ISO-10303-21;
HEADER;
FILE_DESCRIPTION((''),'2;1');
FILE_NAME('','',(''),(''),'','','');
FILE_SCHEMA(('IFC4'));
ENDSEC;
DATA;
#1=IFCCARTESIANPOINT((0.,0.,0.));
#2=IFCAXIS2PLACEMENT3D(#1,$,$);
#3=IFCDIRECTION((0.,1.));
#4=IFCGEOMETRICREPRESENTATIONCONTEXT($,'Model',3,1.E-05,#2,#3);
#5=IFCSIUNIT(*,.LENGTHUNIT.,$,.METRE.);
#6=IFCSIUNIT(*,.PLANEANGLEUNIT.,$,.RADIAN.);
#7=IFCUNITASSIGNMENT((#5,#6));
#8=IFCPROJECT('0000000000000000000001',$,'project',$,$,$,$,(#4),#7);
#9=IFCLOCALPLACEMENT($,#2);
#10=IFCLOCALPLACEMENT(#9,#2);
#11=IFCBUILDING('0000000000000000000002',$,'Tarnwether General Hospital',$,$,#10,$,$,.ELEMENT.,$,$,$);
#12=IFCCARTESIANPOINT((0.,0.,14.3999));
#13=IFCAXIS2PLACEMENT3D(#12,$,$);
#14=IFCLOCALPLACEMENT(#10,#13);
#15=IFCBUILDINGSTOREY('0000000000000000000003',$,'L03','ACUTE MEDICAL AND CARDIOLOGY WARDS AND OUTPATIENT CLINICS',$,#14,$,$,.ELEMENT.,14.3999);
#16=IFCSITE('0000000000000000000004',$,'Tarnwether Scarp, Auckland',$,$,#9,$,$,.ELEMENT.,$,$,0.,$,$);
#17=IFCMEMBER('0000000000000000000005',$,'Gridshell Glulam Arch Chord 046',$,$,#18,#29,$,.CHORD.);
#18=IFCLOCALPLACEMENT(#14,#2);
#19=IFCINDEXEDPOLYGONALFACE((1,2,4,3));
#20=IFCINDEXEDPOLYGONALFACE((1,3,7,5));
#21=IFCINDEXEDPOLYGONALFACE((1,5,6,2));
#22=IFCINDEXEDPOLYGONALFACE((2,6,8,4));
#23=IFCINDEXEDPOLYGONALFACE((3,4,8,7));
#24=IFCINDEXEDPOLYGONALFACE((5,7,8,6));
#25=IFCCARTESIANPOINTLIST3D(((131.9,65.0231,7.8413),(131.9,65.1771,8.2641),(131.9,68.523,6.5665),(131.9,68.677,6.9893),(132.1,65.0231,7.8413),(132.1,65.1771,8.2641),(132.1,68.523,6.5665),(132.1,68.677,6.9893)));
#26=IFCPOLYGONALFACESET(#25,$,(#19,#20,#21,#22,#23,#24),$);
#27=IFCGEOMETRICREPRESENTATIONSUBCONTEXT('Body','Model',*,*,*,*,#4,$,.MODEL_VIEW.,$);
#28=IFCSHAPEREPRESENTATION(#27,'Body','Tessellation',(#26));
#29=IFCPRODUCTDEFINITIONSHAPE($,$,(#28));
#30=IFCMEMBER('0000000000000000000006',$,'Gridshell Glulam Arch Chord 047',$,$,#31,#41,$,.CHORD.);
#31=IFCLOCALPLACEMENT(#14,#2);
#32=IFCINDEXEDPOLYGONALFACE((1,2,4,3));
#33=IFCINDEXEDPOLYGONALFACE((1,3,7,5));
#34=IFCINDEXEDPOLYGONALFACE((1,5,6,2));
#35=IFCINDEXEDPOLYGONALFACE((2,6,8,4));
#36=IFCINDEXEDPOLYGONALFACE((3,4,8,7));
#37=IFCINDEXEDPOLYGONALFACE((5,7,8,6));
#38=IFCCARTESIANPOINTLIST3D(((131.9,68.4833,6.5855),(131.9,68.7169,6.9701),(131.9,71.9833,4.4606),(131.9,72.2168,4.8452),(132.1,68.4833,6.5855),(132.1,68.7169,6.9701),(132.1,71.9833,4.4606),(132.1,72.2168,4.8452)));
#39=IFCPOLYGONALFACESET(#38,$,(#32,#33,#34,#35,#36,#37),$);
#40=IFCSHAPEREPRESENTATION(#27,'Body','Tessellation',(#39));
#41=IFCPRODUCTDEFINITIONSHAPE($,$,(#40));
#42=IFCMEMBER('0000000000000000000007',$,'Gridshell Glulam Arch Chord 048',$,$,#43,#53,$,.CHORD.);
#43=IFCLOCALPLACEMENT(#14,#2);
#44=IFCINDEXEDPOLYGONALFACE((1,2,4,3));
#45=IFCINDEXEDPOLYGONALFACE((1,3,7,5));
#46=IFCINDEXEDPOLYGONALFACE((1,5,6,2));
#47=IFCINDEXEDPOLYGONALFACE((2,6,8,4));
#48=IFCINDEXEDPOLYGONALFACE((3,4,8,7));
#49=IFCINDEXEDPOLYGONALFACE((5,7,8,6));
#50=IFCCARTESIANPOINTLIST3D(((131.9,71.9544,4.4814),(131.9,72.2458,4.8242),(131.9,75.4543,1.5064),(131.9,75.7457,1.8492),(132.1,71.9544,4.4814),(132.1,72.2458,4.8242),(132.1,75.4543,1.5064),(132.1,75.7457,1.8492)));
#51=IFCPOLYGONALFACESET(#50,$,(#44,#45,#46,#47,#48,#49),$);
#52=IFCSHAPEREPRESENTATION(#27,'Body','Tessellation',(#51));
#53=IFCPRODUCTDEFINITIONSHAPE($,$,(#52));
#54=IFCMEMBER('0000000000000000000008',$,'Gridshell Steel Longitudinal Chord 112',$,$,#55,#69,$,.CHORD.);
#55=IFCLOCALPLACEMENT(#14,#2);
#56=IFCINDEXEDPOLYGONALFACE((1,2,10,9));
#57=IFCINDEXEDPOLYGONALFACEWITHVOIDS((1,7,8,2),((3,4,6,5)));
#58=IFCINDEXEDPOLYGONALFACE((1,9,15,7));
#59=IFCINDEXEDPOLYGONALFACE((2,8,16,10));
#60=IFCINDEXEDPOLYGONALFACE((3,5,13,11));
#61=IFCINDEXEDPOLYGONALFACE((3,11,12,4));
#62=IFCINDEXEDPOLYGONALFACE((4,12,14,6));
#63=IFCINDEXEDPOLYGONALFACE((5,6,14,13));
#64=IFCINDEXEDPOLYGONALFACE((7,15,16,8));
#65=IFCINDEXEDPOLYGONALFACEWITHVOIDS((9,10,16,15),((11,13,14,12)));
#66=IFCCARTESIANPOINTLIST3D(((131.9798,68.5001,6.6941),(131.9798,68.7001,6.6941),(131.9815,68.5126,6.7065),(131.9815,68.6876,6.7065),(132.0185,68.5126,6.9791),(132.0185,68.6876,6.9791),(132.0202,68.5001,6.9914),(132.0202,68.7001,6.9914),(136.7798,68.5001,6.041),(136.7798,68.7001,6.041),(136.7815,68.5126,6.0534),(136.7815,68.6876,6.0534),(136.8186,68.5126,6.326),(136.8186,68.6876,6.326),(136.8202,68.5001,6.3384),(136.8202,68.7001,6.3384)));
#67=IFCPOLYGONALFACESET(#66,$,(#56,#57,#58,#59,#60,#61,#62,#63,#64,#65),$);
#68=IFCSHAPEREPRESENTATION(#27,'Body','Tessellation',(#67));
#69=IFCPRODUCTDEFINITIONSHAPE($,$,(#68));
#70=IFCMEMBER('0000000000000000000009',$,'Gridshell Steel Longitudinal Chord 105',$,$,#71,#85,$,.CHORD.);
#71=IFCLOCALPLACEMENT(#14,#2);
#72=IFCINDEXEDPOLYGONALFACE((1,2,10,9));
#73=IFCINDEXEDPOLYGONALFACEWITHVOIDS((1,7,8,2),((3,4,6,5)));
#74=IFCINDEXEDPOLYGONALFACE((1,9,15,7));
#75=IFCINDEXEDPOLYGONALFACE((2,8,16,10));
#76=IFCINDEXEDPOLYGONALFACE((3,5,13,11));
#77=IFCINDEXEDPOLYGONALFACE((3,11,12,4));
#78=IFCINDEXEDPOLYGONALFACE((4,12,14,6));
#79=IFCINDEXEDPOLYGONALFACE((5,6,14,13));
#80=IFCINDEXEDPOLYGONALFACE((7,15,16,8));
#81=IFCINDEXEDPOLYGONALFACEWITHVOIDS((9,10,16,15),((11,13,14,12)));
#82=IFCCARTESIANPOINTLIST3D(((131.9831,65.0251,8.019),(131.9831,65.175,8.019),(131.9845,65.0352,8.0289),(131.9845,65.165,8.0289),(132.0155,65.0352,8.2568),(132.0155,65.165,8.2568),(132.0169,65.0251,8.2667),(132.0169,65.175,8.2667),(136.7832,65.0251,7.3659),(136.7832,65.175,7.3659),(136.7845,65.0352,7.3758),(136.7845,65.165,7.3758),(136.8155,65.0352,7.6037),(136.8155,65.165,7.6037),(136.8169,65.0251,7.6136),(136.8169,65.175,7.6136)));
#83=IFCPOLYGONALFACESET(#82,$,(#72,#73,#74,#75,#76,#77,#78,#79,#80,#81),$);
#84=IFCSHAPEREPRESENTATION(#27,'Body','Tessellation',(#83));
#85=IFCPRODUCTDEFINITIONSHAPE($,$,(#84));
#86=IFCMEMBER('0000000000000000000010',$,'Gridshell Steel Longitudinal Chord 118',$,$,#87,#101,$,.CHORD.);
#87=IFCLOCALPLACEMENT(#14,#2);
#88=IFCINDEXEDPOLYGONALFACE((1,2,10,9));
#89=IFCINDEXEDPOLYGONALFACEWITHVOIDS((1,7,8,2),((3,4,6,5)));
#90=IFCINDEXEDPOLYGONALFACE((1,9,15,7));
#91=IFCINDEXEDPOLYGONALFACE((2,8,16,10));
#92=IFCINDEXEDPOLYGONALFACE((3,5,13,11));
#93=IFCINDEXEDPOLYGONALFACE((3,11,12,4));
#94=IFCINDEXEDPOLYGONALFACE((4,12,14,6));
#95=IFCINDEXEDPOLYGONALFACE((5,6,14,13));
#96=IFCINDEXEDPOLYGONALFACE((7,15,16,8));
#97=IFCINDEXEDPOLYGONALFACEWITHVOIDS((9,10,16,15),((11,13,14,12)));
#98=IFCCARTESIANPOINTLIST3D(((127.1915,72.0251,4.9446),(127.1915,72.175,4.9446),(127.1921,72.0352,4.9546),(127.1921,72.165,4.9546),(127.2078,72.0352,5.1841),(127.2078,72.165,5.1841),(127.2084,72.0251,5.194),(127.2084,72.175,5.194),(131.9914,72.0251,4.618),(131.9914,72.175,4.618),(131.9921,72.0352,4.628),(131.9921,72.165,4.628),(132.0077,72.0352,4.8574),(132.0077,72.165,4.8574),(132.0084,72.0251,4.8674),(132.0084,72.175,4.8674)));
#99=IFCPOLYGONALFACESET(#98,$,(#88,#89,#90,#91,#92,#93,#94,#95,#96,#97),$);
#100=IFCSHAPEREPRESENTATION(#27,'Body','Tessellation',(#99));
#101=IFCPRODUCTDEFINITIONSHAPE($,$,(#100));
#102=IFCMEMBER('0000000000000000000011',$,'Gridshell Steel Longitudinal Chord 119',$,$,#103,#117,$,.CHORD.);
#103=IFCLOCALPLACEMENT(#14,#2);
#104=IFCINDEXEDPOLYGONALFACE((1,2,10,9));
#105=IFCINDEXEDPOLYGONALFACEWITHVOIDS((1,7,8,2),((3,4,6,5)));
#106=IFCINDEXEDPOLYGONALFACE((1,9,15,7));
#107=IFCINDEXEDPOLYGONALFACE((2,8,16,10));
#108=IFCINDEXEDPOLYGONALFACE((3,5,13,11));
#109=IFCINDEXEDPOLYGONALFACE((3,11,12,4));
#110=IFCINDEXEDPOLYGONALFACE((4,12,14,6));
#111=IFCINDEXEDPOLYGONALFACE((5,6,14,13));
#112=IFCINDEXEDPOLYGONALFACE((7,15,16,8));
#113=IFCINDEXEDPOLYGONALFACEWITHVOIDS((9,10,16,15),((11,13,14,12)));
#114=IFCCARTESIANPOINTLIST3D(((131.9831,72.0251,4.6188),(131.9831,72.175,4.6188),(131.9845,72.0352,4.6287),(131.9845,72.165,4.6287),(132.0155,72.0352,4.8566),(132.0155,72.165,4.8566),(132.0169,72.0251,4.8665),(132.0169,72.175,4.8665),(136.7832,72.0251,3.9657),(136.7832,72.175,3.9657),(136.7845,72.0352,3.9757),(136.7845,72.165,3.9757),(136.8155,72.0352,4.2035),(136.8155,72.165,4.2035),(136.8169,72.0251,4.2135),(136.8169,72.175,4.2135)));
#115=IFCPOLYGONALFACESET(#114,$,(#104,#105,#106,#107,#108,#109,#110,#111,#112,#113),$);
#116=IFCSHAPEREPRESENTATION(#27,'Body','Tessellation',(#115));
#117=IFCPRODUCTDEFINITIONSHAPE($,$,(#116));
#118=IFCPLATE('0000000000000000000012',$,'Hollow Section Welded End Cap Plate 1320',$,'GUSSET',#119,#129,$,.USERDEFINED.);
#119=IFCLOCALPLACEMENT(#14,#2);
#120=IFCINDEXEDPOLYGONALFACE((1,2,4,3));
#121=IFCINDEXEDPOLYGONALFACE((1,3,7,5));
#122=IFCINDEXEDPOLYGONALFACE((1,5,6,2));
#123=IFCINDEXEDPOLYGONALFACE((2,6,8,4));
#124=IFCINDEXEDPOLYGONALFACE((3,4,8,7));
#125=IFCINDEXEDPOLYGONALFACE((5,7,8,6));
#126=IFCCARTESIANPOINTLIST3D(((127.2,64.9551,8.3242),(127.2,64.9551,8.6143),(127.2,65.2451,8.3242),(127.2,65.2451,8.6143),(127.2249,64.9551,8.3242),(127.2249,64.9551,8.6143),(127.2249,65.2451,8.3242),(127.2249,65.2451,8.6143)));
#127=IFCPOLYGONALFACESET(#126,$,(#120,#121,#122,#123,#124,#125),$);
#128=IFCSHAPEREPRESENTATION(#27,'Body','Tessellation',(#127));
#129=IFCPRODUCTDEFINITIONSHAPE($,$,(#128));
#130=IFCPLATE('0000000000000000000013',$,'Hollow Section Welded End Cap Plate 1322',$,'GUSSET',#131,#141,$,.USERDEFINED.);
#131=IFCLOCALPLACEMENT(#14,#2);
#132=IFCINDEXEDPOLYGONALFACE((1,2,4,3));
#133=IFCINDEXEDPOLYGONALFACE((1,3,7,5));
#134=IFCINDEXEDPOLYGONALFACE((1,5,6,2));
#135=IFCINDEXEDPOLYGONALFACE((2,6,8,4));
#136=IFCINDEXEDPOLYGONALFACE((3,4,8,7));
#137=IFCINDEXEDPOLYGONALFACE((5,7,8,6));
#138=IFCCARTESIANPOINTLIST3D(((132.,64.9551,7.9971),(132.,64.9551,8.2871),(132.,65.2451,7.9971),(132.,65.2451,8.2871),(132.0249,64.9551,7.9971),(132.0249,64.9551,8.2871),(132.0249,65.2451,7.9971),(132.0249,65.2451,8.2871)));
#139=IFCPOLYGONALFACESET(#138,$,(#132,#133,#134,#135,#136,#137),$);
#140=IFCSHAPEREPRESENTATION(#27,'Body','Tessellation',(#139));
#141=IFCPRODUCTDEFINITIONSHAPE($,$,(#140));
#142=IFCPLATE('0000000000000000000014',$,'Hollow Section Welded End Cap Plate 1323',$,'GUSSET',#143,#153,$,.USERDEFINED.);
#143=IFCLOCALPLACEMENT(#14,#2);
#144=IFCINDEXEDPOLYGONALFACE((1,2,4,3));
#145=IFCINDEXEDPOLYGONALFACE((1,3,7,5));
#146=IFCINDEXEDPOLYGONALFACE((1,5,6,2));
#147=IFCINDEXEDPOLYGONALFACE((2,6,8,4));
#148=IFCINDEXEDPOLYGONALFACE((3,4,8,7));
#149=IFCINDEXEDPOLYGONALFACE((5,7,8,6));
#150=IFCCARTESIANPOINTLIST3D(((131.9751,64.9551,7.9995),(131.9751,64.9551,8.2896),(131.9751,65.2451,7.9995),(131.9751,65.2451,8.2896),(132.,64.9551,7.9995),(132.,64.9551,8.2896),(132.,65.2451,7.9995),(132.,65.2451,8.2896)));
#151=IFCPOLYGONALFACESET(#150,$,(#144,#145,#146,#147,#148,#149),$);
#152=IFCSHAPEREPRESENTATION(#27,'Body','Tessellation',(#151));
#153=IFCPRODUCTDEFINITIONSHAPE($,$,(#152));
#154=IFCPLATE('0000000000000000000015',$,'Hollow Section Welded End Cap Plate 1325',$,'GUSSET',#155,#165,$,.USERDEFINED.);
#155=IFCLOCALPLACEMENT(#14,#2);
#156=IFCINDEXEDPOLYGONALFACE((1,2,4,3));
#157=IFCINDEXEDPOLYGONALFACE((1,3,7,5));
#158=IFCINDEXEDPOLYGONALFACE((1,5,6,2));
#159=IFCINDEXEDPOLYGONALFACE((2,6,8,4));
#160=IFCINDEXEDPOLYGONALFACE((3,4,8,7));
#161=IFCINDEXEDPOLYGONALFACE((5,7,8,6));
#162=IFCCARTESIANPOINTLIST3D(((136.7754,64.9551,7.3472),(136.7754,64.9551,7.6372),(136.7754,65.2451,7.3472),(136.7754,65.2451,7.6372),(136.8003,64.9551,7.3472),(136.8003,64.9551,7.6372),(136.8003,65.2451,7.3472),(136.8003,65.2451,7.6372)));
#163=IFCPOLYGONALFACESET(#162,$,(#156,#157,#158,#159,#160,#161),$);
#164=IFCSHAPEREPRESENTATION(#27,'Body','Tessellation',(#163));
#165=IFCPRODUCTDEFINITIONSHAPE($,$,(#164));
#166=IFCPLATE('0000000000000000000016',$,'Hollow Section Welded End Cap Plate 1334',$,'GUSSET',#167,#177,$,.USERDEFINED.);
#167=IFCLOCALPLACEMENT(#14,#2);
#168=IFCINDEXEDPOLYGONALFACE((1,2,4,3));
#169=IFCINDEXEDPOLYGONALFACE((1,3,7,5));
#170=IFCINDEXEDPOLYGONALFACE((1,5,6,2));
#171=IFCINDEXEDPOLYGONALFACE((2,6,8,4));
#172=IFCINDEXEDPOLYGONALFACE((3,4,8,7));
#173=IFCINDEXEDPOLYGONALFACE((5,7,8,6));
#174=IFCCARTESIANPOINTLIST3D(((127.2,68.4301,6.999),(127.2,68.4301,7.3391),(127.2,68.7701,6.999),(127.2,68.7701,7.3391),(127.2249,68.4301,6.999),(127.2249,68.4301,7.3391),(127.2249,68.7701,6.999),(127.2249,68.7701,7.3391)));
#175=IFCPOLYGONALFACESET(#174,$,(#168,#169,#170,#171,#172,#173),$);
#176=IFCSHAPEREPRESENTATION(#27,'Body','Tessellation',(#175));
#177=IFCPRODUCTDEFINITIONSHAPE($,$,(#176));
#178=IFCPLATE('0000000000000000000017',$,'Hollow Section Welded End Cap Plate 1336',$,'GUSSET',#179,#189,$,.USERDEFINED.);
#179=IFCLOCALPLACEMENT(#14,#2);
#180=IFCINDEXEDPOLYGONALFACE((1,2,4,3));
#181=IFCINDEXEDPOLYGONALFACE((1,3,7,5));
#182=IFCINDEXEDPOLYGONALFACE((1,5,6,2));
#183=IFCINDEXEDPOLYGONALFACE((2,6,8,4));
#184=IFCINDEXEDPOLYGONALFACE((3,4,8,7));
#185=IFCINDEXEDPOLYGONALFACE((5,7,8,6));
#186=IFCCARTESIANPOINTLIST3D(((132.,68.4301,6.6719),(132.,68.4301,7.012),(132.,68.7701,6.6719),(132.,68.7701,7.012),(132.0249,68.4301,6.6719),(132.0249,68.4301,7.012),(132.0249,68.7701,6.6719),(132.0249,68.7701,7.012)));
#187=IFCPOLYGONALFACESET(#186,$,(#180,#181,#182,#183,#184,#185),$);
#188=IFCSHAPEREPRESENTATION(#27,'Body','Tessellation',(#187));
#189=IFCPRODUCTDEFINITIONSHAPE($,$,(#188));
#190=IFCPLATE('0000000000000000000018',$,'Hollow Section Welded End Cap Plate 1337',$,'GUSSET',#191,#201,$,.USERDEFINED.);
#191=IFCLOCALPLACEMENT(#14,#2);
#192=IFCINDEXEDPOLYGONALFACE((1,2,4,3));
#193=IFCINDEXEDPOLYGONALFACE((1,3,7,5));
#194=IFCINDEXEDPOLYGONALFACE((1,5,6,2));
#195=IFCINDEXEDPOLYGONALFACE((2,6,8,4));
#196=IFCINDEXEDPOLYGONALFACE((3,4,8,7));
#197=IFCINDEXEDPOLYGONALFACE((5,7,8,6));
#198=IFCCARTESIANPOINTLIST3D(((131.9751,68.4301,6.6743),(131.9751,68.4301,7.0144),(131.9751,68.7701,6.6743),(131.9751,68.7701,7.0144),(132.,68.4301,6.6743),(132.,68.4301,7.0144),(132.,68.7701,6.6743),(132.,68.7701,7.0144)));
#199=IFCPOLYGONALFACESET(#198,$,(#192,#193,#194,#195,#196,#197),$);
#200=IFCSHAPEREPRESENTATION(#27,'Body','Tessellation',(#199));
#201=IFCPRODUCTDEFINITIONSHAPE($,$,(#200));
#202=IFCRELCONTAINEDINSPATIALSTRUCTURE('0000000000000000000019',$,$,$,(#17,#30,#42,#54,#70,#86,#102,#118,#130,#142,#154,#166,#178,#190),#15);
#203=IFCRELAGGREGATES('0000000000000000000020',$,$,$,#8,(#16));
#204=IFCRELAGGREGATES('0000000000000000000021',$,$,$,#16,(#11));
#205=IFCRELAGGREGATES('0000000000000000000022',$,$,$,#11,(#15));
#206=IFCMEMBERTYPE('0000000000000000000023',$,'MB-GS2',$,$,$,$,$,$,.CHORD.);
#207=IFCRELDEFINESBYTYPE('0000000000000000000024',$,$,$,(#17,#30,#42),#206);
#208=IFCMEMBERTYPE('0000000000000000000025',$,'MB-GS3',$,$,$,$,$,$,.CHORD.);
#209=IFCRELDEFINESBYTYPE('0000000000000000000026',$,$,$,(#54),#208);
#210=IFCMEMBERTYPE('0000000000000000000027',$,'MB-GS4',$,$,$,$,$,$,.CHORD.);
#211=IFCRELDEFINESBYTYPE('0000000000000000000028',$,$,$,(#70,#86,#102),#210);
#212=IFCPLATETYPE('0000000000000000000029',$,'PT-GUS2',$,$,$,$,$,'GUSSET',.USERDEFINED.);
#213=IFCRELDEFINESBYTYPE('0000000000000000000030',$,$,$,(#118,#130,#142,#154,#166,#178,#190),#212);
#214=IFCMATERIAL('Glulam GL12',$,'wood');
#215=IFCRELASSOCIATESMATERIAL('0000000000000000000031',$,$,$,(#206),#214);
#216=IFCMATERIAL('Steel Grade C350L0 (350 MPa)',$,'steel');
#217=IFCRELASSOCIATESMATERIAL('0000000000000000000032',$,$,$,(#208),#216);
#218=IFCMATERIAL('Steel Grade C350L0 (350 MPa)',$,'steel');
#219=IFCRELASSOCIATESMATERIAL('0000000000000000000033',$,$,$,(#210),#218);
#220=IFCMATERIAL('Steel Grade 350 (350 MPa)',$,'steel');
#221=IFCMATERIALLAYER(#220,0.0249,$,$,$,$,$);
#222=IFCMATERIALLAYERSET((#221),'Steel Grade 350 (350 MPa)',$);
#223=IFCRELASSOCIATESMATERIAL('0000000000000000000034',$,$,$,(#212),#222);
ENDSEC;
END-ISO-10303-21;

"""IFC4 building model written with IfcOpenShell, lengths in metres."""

from ifc_helpers import new_model, si_unit, direction, frame, origin, origin_2d, place, context, subcontext, project, spatial, rectangle, hollow_rectangle, extrude, material, layer, layer_set, material_profile, profile_set, type_object, element, save


model = new_model("IFC4")

# Units and contexts
model_context = context("Model", 3, precision=1e-05, world=origin(), true_north=direction((0.0, 1.0)))
body_context = subcontext(model_context, "Body", "Model", "MODEL_VIEW")
ifc_project = project(units=[si_unit("LENGTHUNIT", "METRE"), si_unit("PLANEANGLEUNIT", "RADIAN")], contexts=[model_context])

# Site, building, storey
site_placement = place(None, origin())
site = spatial("IfcSite", under=ifc_project, at=site_placement, Name="Tarnwether Scarp, Auckland", CompositionType="ELEMENT", RefElevation=0.0)
building_placement = place(site_placement, origin())
building = spatial("IfcBuilding", under=site, at=building_placement, Name="Tarnwether General Hospital", CompositionType="ELEMENT")
storey_placement = place(building_placement, frame((0.0, 0.0, 14.3999)))
storey = spatial("IfcBuildingStorey", under=building, at=storey_placement, Name="L03", Description="ACUTE MEDICAL AND CARDIOLOGY WARDS AND OUTPATIENT CLINICS", CompositionType="ELEMENT", Elevation=14.3999)

# Members
ifc_material_1 = material(Name="Glulam GL12", Category="wood")
ifc_material_profile_1 = material_profile(ifc_material_1, rectangle(XDim=0.2, YDim=0.45, at=origin_2d()), Name="GL12-200x450")
ifc_profile_set_1 = profile_set([ifc_material_profile_1], Name="Glulam GL12")
member_type_1 = type_object("IfcMemberType", Name="MB-GS2", PredefinedType="CHORD", material=ifc_profile_set_1)
member_1_placement = place(storey_placement, frame((132.0, 65.1001, 8.0527), z_axis=(0.0, 0.939606, -0.342259), x_axis=(-1.0, 0.0, 0.0)))
element("IfcMember", 1, at=member_1_placement, inside=storey, type_object=member_type_1, Name="Gridshell Glulam Arch Chord 046", PredefinedType="CHORD", context=body_context, shape_type="SweptSolid", body=[
    extrude(rectangle(XDim=0.2, YDim=0.45, at=origin_2d()), origin(), (0.0, 0.0, 1.0), 3.7249),
])
member_2_placement = place(storey_placement, frame((132.0, 68.6001, 6.7778), z_axis=(0.0, 0.854788, -0.518978), x_axis=(-1.0, 0.0, 0.0)))
element("IfcMember", 2, at=member_2_placement, inside=storey, type_object=member_type_1, Name="Gridshell Glulam Arch Chord 047", PredefinedType="CHORD", context=body_context, shape_type="SweptSolid", body=[
    extrude(rectangle(XDim=0.2, YDim=0.45, at=origin_2d()), origin(), (0.0, 0.0, 1.0), 4.0945),
])
member_3_placement = place(storey_placement, frame((132.0, 72.1001, 4.6528), z_axis=(0.0, 0.761929, -0.647661), x_axis=(-1.0, 0.0, 0.0)))
element("IfcMember", 3, at=member_3_placement, inside=storey, type_object=member_type_1, Name="Gridshell Glulam Arch Chord 048", PredefinedType="CHORD", context=body_context, shape_type="SweptSolid", body=[
    extrude(rectangle(XDim=0.2, YDim=0.45, at=origin_2d()), origin(), (0.0, 0.0, 1.0), 4.5935),
])
ifc_material_2 = material(Name="Steel Grade C350L0 (350 MPa)", Category="steel")
ifc_material_profile_2 = material_profile(ifc_material_2, hollow_rectangle(XDim=0.2, YDim=0.3, WallThickness=0.0125, at=origin_2d()), Name="RHS300x200x12.5")
ifc_profile_set_2 = profile_set([ifc_material_profile_2], Name="Steel Grade C350L0 (350 MPa)")
member_type_2 = type_object("IfcMemberType", Name="MB-GS3", PredefinedType="CHORD", material=ifc_profile_set_2)
member_4_placement = place(storey_placement, frame((132.0, 68.6001, 6.8428), z_axis=(0.990871, 0.0, -0.134814), x_axis=(0.0, 1.0, 0.0)))
element("IfcMember", 4, at=member_4_placement, inside=storey, type_object=member_type_2, Name="Gridshell Steel Longitudinal Chord 112", PredefinedType="CHORD", context=body_context, shape_type="SweptSolid", body=[
    extrude(hollow_rectangle(XDim=0.2, YDim=0.3, WallThickness=0.0125, at=origin_2d()), origin(), (0.0, 0.0, 1.0), 4.8442),
])
ifc_material_3 = material(Name="Steel Grade C350L0 (350 MPa)", Category="steel")
ifc_material_profile_3 = material_profile(ifc_material_3, hollow_rectangle(XDim=0.1499, YDim=0.25, WallThickness=0.01, at=origin_2d()), Name="RHS250x150x10")
ifc_profile_set_3 = profile_set([ifc_material_profile_3], Name="Steel Grade C350L0 (350 MPa)")
member_type_3 = type_object("IfcMemberType", Name="MB-GS4", PredefinedType="CHORD", material=ifc_profile_set_3)
member_5_placement = place(storey_placement, frame((132.0, 65.1001, 8.1428), z_axis=(0.990871, 0.0, -0.134814), x_axis=(0.0, 1.0, 0.0)))
element("IfcMember", 5, at=member_5_placement, inside=storey, type_object=member_type_3, Name="Gridshell Steel Longitudinal Chord 105", PredefinedType="CHORD", context=body_context, shape_type="SweptSolid", body=[
    extrude(hollow_rectangle(XDim=0.1499, YDim=0.25, WallThickness=0.01, at=origin_2d()), origin(), (0.0, 0.0, 1.0), 4.8442),
])
member_6_placement = place(storey_placement, frame((127.2, 72.1001, 5.0693), z_axis=(0.997692, 0.0, -0.067896), x_axis=(0.0, 1.0, 0.0)))
element("IfcMember", 6, at=member_6_placement, inside=storey, type_object=member_type_3, Name="Gridshell Steel Longitudinal Chord 118", PredefinedType="CHORD", context=body_context, shape_type="SweptSolid", body=[
    extrude(hollow_rectangle(XDim=0.1499, YDim=0.25, WallThickness=0.01, at=origin_2d()), origin(), (0.0, 0.0, 1.0), 4.811),
])
member_7_placement = place(storey_placement, frame((132.0, 72.1001, 4.7427), z_axis=(0.990871, 0.0, -0.134814), x_axis=(0.0, 1.0, 0.0)))
element("IfcMember", 7, at=member_7_placement, inside=storey, type_object=member_type_3, Name="Gridshell Steel Longitudinal Chord 119", PredefinedType="CHORD", context=body_context, shape_type="SweptSolid", body=[
    extrude(hollow_rectangle(XDim=0.1499, YDim=0.25, WallThickness=0.01, at=origin_2d()), origin(), (0.0, 0.0, 1.0), 4.8442),
])

# Plates
ifc_material_4 = material(Name="Steel Grade 350 (350 MPa)", Category="steel")
ifc_layer_1 = layer(ifc_material_4, 0.0249)
ifc_layer_set_1 = layer_set([ifc_layer_1], Name="Steel Grade 350 (350 MPa)")
plate_type_1 = type_object("IfcPlateType", Name="PT-GUS2", ElementType="GUSSET", PredefinedType="USERDEFINED", material=ifc_layer_set_1)
for number, where, z_axis, x_axis, name in (
    (8, (127.2124, 65.1001, 8.3242), (0.0, 0.0, 1.0), (1.0, 0.0, 0.0), "Hollow Section Welded End Cap Plate 1320"),
    (9, (132.0125, 65.1001, 7.9971), (0.0, 0.0, 1.0), (1.0, 0.0, 0.0), "Hollow Section Welded End Cap Plate 1322"),
    (10, (131.9875, 65.1001, 7.9995), (0.0, 0.0, 1.0), (1.0, 0.0, 0.0), "Hollow Section Welded End Cap Plate 1323"),
    (11, (136.7878, 65.1001, 7.3472), (0.0, 0.0, 1.0), (1.0, 0.0, 0.0), "Hollow Section Welded End Cap Plate 1325"),
):
    element("IfcPlate", number, at=place(storey_placement, frame(where, z_axis=z_axis, x_axis=x_axis)), inside=storey, type_object=plate_type_1, Name=name, ObjectType="GUSSET", PredefinedType="USERDEFINED", context=body_context, shape_type="SweptSolid", body=[
        extrude(rectangle(XDim=0.0249, YDim=0.29, at=origin_2d()), origin(), (0.0, 0.0, 1.0), 0.29),
    ])
for number, where, z_axis, x_axis, name in (
    (12, (127.2124, 68.6001, 6.999), (0.0, 0.0, 1.0), (1.0, 0.0, 0.0), "Hollow Section Welded End Cap Plate 1334"),
    (13, (132.0125, 68.6001, 6.6719), (0.0, 0.0, 1.0), (1.0, 0.0, 0.0), "Hollow Section Welded End Cap Plate 1336"),
    (14, (131.9875, 68.6001, 6.6743), (0.0, 0.0, 1.0), (1.0, 0.0, 0.0), "Hollow Section Welded End Cap Plate 1337"),
):
    element("IfcPlate", number, at=place(storey_placement, frame(where, z_axis=z_axis, x_axis=x_axis)), inside=storey, type_object=plate_type_1, Name=name, ObjectType="GUSSET", PredefinedType="USERDEFINED", context=body_context, shape_type="SweptSolid", body=[
        extrude(rectangle(XDim=0.0249, YDim=0.3401, at=origin_2d()), origin(), (0.0, 0.0, 1.0), 0.3401),
    ])

save(model, "model.ifc")
